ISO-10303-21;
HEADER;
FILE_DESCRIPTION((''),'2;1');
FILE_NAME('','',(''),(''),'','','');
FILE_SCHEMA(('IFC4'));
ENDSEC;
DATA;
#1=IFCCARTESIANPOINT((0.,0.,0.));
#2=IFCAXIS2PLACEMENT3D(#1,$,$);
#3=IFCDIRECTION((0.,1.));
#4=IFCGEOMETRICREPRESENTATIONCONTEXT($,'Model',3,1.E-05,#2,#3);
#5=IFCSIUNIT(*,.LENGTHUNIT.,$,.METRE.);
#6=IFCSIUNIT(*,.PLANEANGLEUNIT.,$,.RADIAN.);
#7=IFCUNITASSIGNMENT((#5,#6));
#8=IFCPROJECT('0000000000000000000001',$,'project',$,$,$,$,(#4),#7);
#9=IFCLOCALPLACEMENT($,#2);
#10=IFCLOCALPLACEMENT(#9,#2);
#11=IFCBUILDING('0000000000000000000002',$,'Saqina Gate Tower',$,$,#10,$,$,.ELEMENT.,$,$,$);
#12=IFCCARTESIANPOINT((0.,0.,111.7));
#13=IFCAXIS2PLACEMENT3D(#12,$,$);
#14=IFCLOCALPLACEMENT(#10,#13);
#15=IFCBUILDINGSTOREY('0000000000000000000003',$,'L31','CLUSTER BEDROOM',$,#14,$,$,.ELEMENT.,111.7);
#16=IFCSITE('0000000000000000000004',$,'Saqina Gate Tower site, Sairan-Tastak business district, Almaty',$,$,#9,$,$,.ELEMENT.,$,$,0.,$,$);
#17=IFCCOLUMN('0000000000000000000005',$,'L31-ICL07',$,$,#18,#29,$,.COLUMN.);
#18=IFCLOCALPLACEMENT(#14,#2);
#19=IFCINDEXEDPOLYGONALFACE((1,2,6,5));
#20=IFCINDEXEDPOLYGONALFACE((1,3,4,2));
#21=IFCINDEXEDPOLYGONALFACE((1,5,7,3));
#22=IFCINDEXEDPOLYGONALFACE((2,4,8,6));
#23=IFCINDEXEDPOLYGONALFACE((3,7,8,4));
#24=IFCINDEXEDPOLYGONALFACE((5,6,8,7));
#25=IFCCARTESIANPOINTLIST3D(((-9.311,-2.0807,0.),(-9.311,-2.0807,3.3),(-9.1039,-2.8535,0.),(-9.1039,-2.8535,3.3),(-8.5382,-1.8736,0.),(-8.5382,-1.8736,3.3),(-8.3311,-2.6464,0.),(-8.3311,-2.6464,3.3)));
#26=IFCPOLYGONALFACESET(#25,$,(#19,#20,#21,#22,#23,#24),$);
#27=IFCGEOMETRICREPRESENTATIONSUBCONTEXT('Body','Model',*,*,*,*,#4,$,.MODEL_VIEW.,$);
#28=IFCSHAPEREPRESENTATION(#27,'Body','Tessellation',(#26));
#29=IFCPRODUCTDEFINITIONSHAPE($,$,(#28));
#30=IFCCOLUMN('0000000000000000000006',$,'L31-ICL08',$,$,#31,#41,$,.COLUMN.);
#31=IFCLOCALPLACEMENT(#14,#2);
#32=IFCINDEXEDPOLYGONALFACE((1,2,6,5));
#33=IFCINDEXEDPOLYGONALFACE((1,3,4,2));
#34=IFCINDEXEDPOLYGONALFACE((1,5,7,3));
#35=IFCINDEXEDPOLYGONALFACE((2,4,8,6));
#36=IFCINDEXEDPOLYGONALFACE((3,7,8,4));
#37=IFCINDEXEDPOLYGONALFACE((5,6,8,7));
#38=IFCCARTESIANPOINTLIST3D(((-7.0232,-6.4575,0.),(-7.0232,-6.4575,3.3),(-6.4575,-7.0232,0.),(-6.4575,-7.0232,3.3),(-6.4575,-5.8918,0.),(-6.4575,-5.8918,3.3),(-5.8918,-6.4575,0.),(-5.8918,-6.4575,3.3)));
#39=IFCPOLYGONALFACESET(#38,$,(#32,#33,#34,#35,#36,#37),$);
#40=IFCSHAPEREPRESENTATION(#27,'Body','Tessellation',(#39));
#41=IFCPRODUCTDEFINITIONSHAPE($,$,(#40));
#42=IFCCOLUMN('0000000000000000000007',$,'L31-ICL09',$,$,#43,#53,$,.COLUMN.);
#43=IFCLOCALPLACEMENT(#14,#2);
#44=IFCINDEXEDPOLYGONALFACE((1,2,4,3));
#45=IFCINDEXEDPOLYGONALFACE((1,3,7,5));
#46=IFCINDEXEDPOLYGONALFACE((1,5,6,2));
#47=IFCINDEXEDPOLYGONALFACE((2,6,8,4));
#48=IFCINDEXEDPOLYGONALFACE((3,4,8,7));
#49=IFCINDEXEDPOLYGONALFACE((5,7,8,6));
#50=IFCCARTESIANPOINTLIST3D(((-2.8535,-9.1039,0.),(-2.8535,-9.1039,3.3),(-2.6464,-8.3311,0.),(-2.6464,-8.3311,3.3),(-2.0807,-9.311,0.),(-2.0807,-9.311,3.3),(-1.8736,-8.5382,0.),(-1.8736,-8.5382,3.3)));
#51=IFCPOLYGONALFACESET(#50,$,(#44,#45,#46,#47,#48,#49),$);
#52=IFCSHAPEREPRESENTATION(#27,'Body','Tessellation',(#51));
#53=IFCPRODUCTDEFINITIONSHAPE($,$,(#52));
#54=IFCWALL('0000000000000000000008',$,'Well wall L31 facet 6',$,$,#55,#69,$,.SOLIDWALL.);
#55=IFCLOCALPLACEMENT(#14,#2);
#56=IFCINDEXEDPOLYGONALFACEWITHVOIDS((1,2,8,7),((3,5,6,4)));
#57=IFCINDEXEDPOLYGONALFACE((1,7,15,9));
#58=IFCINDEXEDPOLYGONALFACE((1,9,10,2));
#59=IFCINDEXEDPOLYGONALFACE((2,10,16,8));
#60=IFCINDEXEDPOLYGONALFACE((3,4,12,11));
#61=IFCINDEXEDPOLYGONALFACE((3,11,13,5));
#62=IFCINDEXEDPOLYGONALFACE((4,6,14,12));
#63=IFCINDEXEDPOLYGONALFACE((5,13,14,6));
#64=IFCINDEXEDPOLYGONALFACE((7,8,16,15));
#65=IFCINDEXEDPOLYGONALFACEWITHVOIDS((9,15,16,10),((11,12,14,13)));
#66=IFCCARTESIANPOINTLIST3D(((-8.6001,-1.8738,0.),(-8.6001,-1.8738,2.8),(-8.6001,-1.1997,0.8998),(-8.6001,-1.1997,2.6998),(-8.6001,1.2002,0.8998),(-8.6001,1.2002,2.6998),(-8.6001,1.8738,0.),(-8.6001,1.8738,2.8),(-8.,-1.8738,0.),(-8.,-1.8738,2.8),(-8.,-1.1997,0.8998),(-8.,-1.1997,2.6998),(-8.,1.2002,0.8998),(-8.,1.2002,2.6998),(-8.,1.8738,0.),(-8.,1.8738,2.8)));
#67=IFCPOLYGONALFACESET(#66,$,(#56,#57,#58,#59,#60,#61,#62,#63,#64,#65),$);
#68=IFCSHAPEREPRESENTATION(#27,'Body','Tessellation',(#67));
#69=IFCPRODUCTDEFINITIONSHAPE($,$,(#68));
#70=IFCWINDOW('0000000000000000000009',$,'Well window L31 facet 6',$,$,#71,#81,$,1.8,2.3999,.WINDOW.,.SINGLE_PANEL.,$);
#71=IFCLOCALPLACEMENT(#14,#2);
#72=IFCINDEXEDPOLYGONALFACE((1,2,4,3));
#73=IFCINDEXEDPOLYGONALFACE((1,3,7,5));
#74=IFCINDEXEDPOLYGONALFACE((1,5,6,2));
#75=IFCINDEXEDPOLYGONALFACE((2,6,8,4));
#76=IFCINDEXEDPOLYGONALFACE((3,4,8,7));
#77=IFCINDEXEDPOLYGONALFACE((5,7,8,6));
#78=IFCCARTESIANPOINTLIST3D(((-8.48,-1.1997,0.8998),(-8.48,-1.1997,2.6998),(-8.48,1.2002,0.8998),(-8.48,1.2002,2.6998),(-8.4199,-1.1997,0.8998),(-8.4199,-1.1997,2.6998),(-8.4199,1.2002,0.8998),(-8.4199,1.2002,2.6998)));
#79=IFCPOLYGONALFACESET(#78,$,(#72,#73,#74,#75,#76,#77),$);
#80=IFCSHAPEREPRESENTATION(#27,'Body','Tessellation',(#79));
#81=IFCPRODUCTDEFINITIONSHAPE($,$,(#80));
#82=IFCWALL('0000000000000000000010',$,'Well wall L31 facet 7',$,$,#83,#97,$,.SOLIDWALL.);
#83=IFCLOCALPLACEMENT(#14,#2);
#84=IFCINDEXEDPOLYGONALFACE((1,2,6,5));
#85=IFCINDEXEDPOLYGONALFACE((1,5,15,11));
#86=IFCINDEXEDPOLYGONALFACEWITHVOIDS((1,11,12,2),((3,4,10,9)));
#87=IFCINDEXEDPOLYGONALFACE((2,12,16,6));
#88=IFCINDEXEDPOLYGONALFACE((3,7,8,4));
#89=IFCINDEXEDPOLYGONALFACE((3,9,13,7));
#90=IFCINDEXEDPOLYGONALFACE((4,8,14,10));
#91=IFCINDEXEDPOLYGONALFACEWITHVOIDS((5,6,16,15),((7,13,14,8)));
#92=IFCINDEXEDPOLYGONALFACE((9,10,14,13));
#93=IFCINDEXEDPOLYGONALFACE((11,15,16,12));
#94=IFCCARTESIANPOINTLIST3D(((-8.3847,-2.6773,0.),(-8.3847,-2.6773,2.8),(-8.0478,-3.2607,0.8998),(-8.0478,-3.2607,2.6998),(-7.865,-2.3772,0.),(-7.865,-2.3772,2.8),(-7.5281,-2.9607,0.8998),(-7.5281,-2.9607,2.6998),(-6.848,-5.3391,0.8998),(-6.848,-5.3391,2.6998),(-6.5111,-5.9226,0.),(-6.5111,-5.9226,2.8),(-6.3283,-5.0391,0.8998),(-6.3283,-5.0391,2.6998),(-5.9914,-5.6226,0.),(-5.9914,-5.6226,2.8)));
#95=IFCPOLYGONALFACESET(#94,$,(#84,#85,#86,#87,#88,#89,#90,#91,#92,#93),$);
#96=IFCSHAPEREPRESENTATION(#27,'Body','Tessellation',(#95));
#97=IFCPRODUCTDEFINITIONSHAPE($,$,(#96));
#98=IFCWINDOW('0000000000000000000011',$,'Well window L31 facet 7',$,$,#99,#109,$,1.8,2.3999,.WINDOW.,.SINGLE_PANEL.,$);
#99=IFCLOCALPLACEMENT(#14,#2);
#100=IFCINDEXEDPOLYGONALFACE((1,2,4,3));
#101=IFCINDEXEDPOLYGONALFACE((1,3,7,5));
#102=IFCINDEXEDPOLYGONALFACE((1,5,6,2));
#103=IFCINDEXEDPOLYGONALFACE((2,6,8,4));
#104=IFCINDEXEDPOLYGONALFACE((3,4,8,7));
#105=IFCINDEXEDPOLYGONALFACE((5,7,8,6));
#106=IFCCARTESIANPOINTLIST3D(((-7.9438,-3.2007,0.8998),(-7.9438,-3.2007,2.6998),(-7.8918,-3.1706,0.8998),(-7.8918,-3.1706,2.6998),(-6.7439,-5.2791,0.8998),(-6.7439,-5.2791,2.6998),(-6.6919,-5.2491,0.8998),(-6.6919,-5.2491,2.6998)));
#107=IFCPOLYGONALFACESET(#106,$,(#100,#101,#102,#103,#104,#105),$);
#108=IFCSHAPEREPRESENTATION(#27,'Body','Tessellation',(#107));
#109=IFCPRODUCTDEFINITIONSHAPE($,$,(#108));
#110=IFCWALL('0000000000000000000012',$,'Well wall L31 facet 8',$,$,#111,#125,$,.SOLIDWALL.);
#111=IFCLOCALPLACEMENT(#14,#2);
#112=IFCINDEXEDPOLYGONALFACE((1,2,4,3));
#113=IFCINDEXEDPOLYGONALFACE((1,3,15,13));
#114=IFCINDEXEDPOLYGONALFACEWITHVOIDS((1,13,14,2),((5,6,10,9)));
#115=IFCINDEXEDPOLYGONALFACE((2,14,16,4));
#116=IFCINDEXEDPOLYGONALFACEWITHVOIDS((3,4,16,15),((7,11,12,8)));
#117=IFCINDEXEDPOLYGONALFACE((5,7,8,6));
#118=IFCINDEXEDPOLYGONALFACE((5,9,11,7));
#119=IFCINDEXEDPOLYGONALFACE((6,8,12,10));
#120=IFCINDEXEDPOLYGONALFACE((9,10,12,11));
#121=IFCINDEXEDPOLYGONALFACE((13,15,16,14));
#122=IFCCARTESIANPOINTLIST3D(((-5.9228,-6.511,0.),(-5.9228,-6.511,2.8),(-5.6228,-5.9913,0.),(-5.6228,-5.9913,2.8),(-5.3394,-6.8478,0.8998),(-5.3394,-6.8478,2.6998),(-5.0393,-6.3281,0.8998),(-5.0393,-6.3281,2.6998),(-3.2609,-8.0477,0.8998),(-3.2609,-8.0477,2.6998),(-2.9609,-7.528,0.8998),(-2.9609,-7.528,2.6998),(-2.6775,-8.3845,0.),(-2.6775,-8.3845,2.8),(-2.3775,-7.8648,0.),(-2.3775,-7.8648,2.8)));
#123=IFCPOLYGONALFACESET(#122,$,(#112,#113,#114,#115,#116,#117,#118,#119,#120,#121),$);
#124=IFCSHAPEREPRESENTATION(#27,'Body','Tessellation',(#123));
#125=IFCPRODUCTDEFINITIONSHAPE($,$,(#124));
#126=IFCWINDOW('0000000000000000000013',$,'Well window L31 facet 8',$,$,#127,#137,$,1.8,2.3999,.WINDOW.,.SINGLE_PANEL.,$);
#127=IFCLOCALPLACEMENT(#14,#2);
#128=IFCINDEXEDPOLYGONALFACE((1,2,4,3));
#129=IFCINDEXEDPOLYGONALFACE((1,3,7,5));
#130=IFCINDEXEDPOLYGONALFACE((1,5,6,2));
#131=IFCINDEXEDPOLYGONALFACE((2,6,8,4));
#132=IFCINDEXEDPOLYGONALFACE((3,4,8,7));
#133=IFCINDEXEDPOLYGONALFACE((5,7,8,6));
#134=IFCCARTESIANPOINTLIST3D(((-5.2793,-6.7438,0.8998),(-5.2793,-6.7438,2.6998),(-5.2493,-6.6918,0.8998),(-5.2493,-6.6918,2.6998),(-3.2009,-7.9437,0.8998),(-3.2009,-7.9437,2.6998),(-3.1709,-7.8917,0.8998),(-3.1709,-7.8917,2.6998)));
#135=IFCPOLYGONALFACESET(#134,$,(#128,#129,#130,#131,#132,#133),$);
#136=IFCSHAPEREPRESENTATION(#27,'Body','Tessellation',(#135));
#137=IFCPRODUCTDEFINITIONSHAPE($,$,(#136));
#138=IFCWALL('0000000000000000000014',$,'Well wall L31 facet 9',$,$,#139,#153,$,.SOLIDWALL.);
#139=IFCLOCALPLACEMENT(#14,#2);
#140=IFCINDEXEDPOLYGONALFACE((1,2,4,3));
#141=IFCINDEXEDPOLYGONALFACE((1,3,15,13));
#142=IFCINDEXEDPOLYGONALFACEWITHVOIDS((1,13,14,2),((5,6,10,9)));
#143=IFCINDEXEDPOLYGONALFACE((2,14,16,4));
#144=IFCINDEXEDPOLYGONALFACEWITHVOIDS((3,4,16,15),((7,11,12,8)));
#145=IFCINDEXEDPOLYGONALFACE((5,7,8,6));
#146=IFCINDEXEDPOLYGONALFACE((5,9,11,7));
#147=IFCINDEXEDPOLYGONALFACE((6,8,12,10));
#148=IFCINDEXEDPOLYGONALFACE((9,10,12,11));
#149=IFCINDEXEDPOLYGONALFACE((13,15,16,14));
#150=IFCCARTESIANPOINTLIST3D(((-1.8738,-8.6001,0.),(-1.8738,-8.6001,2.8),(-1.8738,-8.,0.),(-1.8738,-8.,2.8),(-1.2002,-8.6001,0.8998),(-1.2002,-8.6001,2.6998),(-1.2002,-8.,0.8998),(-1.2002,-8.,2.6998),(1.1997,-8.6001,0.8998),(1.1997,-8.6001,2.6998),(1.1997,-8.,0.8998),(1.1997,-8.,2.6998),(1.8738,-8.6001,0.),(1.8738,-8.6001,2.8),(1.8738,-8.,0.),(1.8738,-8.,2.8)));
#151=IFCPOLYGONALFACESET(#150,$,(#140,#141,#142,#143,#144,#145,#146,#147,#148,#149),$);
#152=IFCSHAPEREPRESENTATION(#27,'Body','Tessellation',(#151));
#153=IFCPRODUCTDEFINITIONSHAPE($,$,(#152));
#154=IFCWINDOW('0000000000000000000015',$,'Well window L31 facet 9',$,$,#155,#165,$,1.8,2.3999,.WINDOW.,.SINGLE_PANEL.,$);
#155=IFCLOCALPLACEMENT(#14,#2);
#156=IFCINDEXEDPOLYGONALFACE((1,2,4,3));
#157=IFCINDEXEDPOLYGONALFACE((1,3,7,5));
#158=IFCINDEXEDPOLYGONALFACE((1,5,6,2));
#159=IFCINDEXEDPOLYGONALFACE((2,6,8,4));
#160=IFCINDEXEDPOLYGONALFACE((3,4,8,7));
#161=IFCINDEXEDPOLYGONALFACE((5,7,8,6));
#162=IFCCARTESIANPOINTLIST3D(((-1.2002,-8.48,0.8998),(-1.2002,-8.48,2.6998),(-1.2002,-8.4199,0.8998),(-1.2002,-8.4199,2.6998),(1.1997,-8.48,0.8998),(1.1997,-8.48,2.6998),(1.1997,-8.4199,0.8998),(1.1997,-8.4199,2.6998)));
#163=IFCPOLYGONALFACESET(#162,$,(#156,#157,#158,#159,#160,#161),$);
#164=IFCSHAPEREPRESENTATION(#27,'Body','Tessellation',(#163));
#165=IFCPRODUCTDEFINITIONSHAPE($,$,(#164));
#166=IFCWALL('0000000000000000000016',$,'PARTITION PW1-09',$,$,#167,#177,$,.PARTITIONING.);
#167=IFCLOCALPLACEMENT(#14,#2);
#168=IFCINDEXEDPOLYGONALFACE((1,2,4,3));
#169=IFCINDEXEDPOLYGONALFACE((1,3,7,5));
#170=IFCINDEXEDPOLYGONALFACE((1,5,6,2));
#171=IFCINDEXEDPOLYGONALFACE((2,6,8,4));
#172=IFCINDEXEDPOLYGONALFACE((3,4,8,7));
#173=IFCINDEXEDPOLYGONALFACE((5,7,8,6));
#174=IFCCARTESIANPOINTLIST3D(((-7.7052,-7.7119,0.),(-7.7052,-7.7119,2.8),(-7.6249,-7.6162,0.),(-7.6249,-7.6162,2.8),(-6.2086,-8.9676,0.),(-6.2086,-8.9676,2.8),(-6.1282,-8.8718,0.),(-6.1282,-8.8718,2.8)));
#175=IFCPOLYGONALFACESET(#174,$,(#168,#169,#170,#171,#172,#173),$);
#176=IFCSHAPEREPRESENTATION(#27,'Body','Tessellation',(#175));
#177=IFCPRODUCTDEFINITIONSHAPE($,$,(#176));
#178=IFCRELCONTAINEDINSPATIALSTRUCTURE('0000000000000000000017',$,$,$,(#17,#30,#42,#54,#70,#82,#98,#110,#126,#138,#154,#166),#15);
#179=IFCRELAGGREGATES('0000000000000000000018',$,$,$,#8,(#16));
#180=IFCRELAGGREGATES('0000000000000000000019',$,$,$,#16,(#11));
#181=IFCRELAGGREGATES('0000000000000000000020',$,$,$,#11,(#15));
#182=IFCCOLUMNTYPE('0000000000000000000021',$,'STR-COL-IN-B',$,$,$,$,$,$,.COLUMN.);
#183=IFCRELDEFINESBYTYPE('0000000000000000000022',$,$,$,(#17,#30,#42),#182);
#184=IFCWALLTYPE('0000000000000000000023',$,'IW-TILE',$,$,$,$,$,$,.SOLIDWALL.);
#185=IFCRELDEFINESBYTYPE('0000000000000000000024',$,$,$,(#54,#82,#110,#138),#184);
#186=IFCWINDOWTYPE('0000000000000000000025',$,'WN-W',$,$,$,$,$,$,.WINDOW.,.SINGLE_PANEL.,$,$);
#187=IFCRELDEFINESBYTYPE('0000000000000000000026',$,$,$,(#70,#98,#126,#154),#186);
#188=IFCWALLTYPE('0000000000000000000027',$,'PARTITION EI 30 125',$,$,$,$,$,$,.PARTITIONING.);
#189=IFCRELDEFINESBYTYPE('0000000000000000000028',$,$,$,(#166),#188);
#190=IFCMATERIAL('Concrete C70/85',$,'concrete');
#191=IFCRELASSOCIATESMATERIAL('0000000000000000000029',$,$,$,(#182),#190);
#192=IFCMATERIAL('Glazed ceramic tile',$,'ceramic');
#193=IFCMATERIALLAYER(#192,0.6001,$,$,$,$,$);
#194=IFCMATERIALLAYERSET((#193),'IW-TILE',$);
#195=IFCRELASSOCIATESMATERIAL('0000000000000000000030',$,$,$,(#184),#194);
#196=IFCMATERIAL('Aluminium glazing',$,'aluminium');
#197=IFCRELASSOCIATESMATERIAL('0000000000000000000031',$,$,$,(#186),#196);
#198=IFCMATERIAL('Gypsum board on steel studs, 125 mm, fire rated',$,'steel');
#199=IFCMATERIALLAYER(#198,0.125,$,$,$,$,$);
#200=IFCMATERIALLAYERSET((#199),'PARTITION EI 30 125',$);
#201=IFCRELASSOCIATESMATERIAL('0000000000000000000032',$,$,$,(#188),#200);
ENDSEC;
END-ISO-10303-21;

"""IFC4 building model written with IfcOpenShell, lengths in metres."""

from ifc_helpers import new_model, si_unit, direction, frame, frame_2d, origin, origin_2d, place, context, subcontext, project, spatial, rectangle, extrude, material, layer, layer_set, material_profile, profile_set, type_object, element, fill, save


model = new_model("IFC4")

# Units and contexts
model_context = context("Model", 3, precision=1e-05, world=origin(), true_north=direction((0.0, 1.0)))
body_context = subcontext(model_context, "Body", "Model", "MODEL_VIEW")
ifc_project = project(units=[si_unit("LENGTHUNIT", "METRE"), si_unit("PLANEANGLEUNIT", "RADIAN")], contexts=[model_context])

# Site, building, storey
site_placement = place(None, origin())
site = spatial("IfcSite", under=ifc_project, at=site_placement, Name="Saqina Gate Tower site, Sairan-Tastak business district, Almaty", CompositionType="ELEMENT", RefElevation=0.0)
building_placement = place(site_placement, origin())
building = spatial("IfcBuilding", under=site, at=building_placement, Name="Saqina Gate Tower", CompositionType="ELEMENT")
storey_placement = place(building_placement, frame((0.0, 0.0, 111.7)))
storey = spatial("IfcBuildingStorey", under=building, at=storey_placement, Name="L31", Description="CLUSTER BEDROOM", CompositionType="ELEMENT", Elevation=111.7)

# Columns
ifc_material_1 = material(Name="Concrete C70/85", Category="concrete")
ifc_material_profile = material_profile(ifc_material_1, rectangle(XDim=0.8, YDim=0.8, at=origin_2d()), Name="RC 800x800")
ifc_profile_set = profile_set([ifc_material_profile], Name="Concrete C70/85")
column_type = type_object("IfcColumnType", Name="STR-COL-IN-B", PredefinedType="COLUMN", material=ifc_profile_set)
for number, where, z_axis, x_axis, name in (
    (1, (-8.821, -2.3635, 0.0), (0.0, 0.0, 1.0), (-0.965926, -0.258819, 0.0), "L31-ICL07"),
    (2, (-6.4575, -6.4575, 0.0), (0.0, 0.0, 1.0), (-0.707107, -0.707107, 0.0), "L31-ICL08"),
    (3, (-2.3635, -8.821, 0.0), (0.0, 0.0, 1.0), (-0.258819, -0.965926, 0.0), "L31-ICL09"),
):
    element("IfcColumn", number, at=place(storey_placement, frame(where, z_axis=z_axis, x_axis=x_axis)), inside=storey, type_object=column_type, Name=name, PredefinedType="COLUMN", context=body_context, shape_type="SweptSolid", body=[
        extrude(rectangle(XDim=0.8, YDim=0.8, at=origin_2d()), origin(), (0.0, 0.0, 1.0), 3.3),
    ])

# Walls, openings, windows
ifc_material_2 = material(Name="Glazed ceramic tile", Category="ceramic")
ifc_layer_1 = layer(ifc_material_2, 0.6001)
ifc_layer_set_1 = layer_set([ifc_layer_1], Name="IW-TILE")
wall_type_1 = type_object("IfcWallType", Name="IW-TILE", PredefinedType="SOLIDWALL", material=ifc_layer_set_1)
wall_1_placement = place(storey_placement, frame((-8.3, 1.8738, 0.0), z_axis=(0.0, 0.0, 1.0), x_axis=(0.0, -1.0, 0.0)))
wall_1 = element("IfcWall", 4, at=wall_1_placement, inside=storey, type_object=wall_type_1, Name="Well wall L31 facet 6", PredefinedType="SOLIDWALL", context=body_context, shape_type="SweptSolid", body=[
    extrude(rectangle(XDim=3.7476, YDim=0.6001, at=frame_2d((1.8738, 0.0))), origin(), (0.0, 0.0, 1.0), 2.8),
])
opening_1_placement = place(wall_1_placement, frame((0.6736, 0.0, 0.8999)))
opening_1 = element("IfcOpeningElement", 5, at=opening_1_placement, cuts=wall_1, PredefinedType="OPENING", context=body_context, shape_type="SweptSolid", body=[
    extrude(rectangle(XDim=2.3999, YDim=1.8, at=frame_2d((1.2, 0.8999))), frame((0.0, 0.312, 0.0), z_axis=(0.0, -1.0, 0.0), x_axis=(1.0, 0.0, 0.0)), (0.0, 0.0, 1.0), 0.624),
])
ifc_material_3 = material(Name="Aluminium glazing", Category="aluminium")
window_type = type_object("IfcWindowType", Name="WN-W", PartitioningType="SINGLE_PANEL", PredefinedType="WINDOW", material=ifc_material_3)
window_1_placement = place(opening_1_placement, origin())
window_1 = element("IfcWindow", 6, at=window_1_placement, inside=storey, type_object=window_type, Name="Well window L31 facet 6", OverallHeight=1.8, OverallWidth=2.3999, PartitioningType="SINGLE_PANEL", PredefinedType="WINDOW", context=body_context, shape_type="SweptSolid", body=[
    extrude(rectangle(XDim=2.3999, YDim=1.8, at=frame_2d((1.2, 0.8999))), frame((0.0, -0.1199, 0.0), z_axis=(0.0, -1.0, 0.0), x_axis=(1.0, 0.0, 0.0)), (0.0, 0.0, 1.0), 0.0601),
])
fill(opening_1, window_1)
wall_2_placement = place(storey_placement, frame((-8.1248, -2.5273, 0.0), z_axis=(0.0, 0.0, 1.0), x_axis=(0.499965, -0.866046, 0.0)))
wall_2 = element("IfcWall", 7, at=wall_2_placement, inside=storey, type_object=wall_type_1, Name="Well wall L31 facet 7", PredefinedType="SOLIDWALL", context=body_context, shape_type="SweptSolid", body=[
    extrude(rectangle(XDim=3.7473, YDim=0.6001, at=frame_2d((1.8735, 0.0))), origin(), (0.0, 0.0, 1.0), 2.8),
])
opening_2_placement = place(wall_2_placement, frame((0.6736, 0.0, 0.8999)))
opening_2 = element("IfcOpeningElement", 8, at=opening_2_placement, cuts=wall_2, PredefinedType="OPENING", context=body_context, shape_type="SweptSolid", body=[
    extrude(rectangle(XDim=2.3999, YDim=1.8, at=frame_2d((1.2, 0.8999))), frame((0.0, 0.312, 0.0), z_axis=(0.0, -1.0, 0.0), x_axis=(1.0, 0.0, 0.0)), (0.0, 0.0, 1.0), 0.624),
])
window_2_placement = place(opening_2_placement, origin())
window_2 = element("IfcWindow", 9, at=window_2_placement, inside=storey, type_object=window_type, Name="Well window L31 facet 7", OverallHeight=1.8, OverallWidth=2.3999, PartitioningType="SINGLE_PANEL", PredefinedType="WINDOW", context=body_context, shape_type="SweptSolid", body=[
    extrude(rectangle(XDim=2.3999, YDim=1.8, at=frame_2d((1.2, 0.8999))), frame((0.0, -0.1199, 0.0), z_axis=(0.0, -1.0, 0.0), x_axis=(1.0, 0.0, 0.0)), (0.0, 0.0, 1.0), 0.0601),
])
fill(opening_2, window_2)
wall_3_placement = place(storey_placement, frame((-5.7727, -6.2512, 0.0), z_axis=(0.0, 0.0, 1.0), x_axis=(0.866046, -0.499965, 0.0)))
wall_3 = element("IfcWall", 10, at=wall_3_placement, inside=storey, type_object=wall_type_1, Name="Well wall L31 facet 8", PredefinedType="SOLIDWALL", context=body_context, shape_type="SweptSolid", body=[
    extrude(rectangle(XDim=3.7473, YDim=0.6001, at=frame_2d((1.8735, 0.0))), origin(), (0.0, 0.0, 1.0), 2.8),
])
opening_3_placement = place(wall_3_placement, frame((0.6736, 0.0, 0.8999)))
opening_3 = element("IfcOpeningElement", 11, at=opening_3_placement, cuts=wall_3, PredefinedType="OPENING", context=body_context, shape_type="SweptSolid", body=[
    extrude(rectangle(XDim=2.3999, YDim=1.8, at=frame_2d((1.2, 0.8999))), frame((0.0, 0.312, 0.0), z_axis=(0.0, -1.0, 0.0), x_axis=(1.0, 0.0, 0.0)), (0.0, 0.0, 1.0), 0.624),
])
window_3_placement = place(opening_3_placement, origin())
window_3 = element("IfcWindow", 12, at=window_3_placement, inside=storey, type_object=window_type, Name="Well window L31 facet 8", OverallHeight=1.8, OverallWidth=2.3999, PartitioningType="SINGLE_PANEL", PredefinedType="WINDOW", context=body_context, shape_type="SweptSolid", body=[
    extrude(rectangle(XDim=2.3999, YDim=1.8, at=frame_2d((1.2, 0.8999))), frame((0.0, -0.1199, 0.0), z_axis=(0.0, -1.0, 0.0), x_axis=(1.0, 0.0, 0.0)), (0.0, 0.0, 1.0), 0.0601),
])
fill(opening_3, window_3)
wall_4_placement = place(storey_placement, frame((-1.8738, -8.3, 0.0), z_axis=(0.0, 0.0, 1.0), x_axis=(1.0, 0.0, 0.0)))
wall_4 = element("IfcWall", 13, at=wall_4_placement, inside=storey, type_object=wall_type_1, Name="Well wall L31 facet 9", PredefinedType="SOLIDWALL", context=body_context, shape_type="SweptSolid", body=[
    extrude(rectangle(XDim=3.7476, YDim=0.6001, at=frame_2d((1.8738, 0.0))), origin(), (0.0, 0.0, 1.0), 2.8),
])
opening_4_placement = place(wall_4_placement, frame((0.6736, 0.0, 0.8999)))
opening_4 = element("IfcOpeningElement", 14, at=opening_4_placement, cuts=wall_4, PredefinedType="OPENING", context=body_context, shape_type="SweptSolid", body=[
    extrude(rectangle(XDim=2.3999, YDim=1.8, at=frame_2d((1.2, 0.8999))), frame((0.0, 0.312, 0.0), z_axis=(0.0, -1.0, 0.0), x_axis=(1.0, 0.0, 0.0)), (0.0, 0.0, 1.0), 0.624),
])
window_4_placement = place(opening_4_placement, origin())
window_4 = element("IfcWindow", 15, at=window_4_placement, inside=storey, type_object=window_type, Name="Well window L31 facet 9", OverallHeight=1.8, OverallWidth=2.3999, PartitioningType="SINGLE_PANEL", PredefinedType="WINDOW", context=body_context, shape_type="SweptSolid", body=[
    extrude(rectangle(XDim=2.3999, YDim=1.8, at=frame_2d((1.2, 0.8999))), frame((0.0, -0.1199, 0.0), z_axis=(0.0, -1.0, 0.0), x_axis=(1.0, 0.0, 0.0)), (0.0, 0.0, 1.0), 0.0601),
])
fill(opening_4, window_4)

# Wall
ifc_material_4 = material(Name="Gypsum board on steel studs, 125 mm, fire rated", Category="steel")
ifc_layer_2 = layer(ifc_material_4, 0.125)
ifc_layer_set_2 = layer_set([ifc_layer_2], Name="PARTITION EI 30 125")
wall_type_2 = type_object("IfcWallType", Name="PARTITION EI 30 125", PredefinedType="PARTITIONING", material=ifc_layer_set_2)
wall_5_placement = place(storey_placement, frame((-7.665, -7.6641, 0.0), z_axis=(0.0, 0.0, 1.0), x_axis=(0.766086, -0.642738, 0.0)))
element("IfcWall", 16, at=wall_5_placement, inside=storey, type_object=wall_type_2, Name="PARTITION PW1-09", PredefinedType="PARTITIONING", context=body_context, shape_type="SweptSolid", body=[
    extrude(rectangle(XDim=1.9536, YDim=0.125, at=frame_2d((0.9768, 0.0))), origin(), (0.0, 0.0, 1.0), 2.8),
])

save(model, "model.ifc")
